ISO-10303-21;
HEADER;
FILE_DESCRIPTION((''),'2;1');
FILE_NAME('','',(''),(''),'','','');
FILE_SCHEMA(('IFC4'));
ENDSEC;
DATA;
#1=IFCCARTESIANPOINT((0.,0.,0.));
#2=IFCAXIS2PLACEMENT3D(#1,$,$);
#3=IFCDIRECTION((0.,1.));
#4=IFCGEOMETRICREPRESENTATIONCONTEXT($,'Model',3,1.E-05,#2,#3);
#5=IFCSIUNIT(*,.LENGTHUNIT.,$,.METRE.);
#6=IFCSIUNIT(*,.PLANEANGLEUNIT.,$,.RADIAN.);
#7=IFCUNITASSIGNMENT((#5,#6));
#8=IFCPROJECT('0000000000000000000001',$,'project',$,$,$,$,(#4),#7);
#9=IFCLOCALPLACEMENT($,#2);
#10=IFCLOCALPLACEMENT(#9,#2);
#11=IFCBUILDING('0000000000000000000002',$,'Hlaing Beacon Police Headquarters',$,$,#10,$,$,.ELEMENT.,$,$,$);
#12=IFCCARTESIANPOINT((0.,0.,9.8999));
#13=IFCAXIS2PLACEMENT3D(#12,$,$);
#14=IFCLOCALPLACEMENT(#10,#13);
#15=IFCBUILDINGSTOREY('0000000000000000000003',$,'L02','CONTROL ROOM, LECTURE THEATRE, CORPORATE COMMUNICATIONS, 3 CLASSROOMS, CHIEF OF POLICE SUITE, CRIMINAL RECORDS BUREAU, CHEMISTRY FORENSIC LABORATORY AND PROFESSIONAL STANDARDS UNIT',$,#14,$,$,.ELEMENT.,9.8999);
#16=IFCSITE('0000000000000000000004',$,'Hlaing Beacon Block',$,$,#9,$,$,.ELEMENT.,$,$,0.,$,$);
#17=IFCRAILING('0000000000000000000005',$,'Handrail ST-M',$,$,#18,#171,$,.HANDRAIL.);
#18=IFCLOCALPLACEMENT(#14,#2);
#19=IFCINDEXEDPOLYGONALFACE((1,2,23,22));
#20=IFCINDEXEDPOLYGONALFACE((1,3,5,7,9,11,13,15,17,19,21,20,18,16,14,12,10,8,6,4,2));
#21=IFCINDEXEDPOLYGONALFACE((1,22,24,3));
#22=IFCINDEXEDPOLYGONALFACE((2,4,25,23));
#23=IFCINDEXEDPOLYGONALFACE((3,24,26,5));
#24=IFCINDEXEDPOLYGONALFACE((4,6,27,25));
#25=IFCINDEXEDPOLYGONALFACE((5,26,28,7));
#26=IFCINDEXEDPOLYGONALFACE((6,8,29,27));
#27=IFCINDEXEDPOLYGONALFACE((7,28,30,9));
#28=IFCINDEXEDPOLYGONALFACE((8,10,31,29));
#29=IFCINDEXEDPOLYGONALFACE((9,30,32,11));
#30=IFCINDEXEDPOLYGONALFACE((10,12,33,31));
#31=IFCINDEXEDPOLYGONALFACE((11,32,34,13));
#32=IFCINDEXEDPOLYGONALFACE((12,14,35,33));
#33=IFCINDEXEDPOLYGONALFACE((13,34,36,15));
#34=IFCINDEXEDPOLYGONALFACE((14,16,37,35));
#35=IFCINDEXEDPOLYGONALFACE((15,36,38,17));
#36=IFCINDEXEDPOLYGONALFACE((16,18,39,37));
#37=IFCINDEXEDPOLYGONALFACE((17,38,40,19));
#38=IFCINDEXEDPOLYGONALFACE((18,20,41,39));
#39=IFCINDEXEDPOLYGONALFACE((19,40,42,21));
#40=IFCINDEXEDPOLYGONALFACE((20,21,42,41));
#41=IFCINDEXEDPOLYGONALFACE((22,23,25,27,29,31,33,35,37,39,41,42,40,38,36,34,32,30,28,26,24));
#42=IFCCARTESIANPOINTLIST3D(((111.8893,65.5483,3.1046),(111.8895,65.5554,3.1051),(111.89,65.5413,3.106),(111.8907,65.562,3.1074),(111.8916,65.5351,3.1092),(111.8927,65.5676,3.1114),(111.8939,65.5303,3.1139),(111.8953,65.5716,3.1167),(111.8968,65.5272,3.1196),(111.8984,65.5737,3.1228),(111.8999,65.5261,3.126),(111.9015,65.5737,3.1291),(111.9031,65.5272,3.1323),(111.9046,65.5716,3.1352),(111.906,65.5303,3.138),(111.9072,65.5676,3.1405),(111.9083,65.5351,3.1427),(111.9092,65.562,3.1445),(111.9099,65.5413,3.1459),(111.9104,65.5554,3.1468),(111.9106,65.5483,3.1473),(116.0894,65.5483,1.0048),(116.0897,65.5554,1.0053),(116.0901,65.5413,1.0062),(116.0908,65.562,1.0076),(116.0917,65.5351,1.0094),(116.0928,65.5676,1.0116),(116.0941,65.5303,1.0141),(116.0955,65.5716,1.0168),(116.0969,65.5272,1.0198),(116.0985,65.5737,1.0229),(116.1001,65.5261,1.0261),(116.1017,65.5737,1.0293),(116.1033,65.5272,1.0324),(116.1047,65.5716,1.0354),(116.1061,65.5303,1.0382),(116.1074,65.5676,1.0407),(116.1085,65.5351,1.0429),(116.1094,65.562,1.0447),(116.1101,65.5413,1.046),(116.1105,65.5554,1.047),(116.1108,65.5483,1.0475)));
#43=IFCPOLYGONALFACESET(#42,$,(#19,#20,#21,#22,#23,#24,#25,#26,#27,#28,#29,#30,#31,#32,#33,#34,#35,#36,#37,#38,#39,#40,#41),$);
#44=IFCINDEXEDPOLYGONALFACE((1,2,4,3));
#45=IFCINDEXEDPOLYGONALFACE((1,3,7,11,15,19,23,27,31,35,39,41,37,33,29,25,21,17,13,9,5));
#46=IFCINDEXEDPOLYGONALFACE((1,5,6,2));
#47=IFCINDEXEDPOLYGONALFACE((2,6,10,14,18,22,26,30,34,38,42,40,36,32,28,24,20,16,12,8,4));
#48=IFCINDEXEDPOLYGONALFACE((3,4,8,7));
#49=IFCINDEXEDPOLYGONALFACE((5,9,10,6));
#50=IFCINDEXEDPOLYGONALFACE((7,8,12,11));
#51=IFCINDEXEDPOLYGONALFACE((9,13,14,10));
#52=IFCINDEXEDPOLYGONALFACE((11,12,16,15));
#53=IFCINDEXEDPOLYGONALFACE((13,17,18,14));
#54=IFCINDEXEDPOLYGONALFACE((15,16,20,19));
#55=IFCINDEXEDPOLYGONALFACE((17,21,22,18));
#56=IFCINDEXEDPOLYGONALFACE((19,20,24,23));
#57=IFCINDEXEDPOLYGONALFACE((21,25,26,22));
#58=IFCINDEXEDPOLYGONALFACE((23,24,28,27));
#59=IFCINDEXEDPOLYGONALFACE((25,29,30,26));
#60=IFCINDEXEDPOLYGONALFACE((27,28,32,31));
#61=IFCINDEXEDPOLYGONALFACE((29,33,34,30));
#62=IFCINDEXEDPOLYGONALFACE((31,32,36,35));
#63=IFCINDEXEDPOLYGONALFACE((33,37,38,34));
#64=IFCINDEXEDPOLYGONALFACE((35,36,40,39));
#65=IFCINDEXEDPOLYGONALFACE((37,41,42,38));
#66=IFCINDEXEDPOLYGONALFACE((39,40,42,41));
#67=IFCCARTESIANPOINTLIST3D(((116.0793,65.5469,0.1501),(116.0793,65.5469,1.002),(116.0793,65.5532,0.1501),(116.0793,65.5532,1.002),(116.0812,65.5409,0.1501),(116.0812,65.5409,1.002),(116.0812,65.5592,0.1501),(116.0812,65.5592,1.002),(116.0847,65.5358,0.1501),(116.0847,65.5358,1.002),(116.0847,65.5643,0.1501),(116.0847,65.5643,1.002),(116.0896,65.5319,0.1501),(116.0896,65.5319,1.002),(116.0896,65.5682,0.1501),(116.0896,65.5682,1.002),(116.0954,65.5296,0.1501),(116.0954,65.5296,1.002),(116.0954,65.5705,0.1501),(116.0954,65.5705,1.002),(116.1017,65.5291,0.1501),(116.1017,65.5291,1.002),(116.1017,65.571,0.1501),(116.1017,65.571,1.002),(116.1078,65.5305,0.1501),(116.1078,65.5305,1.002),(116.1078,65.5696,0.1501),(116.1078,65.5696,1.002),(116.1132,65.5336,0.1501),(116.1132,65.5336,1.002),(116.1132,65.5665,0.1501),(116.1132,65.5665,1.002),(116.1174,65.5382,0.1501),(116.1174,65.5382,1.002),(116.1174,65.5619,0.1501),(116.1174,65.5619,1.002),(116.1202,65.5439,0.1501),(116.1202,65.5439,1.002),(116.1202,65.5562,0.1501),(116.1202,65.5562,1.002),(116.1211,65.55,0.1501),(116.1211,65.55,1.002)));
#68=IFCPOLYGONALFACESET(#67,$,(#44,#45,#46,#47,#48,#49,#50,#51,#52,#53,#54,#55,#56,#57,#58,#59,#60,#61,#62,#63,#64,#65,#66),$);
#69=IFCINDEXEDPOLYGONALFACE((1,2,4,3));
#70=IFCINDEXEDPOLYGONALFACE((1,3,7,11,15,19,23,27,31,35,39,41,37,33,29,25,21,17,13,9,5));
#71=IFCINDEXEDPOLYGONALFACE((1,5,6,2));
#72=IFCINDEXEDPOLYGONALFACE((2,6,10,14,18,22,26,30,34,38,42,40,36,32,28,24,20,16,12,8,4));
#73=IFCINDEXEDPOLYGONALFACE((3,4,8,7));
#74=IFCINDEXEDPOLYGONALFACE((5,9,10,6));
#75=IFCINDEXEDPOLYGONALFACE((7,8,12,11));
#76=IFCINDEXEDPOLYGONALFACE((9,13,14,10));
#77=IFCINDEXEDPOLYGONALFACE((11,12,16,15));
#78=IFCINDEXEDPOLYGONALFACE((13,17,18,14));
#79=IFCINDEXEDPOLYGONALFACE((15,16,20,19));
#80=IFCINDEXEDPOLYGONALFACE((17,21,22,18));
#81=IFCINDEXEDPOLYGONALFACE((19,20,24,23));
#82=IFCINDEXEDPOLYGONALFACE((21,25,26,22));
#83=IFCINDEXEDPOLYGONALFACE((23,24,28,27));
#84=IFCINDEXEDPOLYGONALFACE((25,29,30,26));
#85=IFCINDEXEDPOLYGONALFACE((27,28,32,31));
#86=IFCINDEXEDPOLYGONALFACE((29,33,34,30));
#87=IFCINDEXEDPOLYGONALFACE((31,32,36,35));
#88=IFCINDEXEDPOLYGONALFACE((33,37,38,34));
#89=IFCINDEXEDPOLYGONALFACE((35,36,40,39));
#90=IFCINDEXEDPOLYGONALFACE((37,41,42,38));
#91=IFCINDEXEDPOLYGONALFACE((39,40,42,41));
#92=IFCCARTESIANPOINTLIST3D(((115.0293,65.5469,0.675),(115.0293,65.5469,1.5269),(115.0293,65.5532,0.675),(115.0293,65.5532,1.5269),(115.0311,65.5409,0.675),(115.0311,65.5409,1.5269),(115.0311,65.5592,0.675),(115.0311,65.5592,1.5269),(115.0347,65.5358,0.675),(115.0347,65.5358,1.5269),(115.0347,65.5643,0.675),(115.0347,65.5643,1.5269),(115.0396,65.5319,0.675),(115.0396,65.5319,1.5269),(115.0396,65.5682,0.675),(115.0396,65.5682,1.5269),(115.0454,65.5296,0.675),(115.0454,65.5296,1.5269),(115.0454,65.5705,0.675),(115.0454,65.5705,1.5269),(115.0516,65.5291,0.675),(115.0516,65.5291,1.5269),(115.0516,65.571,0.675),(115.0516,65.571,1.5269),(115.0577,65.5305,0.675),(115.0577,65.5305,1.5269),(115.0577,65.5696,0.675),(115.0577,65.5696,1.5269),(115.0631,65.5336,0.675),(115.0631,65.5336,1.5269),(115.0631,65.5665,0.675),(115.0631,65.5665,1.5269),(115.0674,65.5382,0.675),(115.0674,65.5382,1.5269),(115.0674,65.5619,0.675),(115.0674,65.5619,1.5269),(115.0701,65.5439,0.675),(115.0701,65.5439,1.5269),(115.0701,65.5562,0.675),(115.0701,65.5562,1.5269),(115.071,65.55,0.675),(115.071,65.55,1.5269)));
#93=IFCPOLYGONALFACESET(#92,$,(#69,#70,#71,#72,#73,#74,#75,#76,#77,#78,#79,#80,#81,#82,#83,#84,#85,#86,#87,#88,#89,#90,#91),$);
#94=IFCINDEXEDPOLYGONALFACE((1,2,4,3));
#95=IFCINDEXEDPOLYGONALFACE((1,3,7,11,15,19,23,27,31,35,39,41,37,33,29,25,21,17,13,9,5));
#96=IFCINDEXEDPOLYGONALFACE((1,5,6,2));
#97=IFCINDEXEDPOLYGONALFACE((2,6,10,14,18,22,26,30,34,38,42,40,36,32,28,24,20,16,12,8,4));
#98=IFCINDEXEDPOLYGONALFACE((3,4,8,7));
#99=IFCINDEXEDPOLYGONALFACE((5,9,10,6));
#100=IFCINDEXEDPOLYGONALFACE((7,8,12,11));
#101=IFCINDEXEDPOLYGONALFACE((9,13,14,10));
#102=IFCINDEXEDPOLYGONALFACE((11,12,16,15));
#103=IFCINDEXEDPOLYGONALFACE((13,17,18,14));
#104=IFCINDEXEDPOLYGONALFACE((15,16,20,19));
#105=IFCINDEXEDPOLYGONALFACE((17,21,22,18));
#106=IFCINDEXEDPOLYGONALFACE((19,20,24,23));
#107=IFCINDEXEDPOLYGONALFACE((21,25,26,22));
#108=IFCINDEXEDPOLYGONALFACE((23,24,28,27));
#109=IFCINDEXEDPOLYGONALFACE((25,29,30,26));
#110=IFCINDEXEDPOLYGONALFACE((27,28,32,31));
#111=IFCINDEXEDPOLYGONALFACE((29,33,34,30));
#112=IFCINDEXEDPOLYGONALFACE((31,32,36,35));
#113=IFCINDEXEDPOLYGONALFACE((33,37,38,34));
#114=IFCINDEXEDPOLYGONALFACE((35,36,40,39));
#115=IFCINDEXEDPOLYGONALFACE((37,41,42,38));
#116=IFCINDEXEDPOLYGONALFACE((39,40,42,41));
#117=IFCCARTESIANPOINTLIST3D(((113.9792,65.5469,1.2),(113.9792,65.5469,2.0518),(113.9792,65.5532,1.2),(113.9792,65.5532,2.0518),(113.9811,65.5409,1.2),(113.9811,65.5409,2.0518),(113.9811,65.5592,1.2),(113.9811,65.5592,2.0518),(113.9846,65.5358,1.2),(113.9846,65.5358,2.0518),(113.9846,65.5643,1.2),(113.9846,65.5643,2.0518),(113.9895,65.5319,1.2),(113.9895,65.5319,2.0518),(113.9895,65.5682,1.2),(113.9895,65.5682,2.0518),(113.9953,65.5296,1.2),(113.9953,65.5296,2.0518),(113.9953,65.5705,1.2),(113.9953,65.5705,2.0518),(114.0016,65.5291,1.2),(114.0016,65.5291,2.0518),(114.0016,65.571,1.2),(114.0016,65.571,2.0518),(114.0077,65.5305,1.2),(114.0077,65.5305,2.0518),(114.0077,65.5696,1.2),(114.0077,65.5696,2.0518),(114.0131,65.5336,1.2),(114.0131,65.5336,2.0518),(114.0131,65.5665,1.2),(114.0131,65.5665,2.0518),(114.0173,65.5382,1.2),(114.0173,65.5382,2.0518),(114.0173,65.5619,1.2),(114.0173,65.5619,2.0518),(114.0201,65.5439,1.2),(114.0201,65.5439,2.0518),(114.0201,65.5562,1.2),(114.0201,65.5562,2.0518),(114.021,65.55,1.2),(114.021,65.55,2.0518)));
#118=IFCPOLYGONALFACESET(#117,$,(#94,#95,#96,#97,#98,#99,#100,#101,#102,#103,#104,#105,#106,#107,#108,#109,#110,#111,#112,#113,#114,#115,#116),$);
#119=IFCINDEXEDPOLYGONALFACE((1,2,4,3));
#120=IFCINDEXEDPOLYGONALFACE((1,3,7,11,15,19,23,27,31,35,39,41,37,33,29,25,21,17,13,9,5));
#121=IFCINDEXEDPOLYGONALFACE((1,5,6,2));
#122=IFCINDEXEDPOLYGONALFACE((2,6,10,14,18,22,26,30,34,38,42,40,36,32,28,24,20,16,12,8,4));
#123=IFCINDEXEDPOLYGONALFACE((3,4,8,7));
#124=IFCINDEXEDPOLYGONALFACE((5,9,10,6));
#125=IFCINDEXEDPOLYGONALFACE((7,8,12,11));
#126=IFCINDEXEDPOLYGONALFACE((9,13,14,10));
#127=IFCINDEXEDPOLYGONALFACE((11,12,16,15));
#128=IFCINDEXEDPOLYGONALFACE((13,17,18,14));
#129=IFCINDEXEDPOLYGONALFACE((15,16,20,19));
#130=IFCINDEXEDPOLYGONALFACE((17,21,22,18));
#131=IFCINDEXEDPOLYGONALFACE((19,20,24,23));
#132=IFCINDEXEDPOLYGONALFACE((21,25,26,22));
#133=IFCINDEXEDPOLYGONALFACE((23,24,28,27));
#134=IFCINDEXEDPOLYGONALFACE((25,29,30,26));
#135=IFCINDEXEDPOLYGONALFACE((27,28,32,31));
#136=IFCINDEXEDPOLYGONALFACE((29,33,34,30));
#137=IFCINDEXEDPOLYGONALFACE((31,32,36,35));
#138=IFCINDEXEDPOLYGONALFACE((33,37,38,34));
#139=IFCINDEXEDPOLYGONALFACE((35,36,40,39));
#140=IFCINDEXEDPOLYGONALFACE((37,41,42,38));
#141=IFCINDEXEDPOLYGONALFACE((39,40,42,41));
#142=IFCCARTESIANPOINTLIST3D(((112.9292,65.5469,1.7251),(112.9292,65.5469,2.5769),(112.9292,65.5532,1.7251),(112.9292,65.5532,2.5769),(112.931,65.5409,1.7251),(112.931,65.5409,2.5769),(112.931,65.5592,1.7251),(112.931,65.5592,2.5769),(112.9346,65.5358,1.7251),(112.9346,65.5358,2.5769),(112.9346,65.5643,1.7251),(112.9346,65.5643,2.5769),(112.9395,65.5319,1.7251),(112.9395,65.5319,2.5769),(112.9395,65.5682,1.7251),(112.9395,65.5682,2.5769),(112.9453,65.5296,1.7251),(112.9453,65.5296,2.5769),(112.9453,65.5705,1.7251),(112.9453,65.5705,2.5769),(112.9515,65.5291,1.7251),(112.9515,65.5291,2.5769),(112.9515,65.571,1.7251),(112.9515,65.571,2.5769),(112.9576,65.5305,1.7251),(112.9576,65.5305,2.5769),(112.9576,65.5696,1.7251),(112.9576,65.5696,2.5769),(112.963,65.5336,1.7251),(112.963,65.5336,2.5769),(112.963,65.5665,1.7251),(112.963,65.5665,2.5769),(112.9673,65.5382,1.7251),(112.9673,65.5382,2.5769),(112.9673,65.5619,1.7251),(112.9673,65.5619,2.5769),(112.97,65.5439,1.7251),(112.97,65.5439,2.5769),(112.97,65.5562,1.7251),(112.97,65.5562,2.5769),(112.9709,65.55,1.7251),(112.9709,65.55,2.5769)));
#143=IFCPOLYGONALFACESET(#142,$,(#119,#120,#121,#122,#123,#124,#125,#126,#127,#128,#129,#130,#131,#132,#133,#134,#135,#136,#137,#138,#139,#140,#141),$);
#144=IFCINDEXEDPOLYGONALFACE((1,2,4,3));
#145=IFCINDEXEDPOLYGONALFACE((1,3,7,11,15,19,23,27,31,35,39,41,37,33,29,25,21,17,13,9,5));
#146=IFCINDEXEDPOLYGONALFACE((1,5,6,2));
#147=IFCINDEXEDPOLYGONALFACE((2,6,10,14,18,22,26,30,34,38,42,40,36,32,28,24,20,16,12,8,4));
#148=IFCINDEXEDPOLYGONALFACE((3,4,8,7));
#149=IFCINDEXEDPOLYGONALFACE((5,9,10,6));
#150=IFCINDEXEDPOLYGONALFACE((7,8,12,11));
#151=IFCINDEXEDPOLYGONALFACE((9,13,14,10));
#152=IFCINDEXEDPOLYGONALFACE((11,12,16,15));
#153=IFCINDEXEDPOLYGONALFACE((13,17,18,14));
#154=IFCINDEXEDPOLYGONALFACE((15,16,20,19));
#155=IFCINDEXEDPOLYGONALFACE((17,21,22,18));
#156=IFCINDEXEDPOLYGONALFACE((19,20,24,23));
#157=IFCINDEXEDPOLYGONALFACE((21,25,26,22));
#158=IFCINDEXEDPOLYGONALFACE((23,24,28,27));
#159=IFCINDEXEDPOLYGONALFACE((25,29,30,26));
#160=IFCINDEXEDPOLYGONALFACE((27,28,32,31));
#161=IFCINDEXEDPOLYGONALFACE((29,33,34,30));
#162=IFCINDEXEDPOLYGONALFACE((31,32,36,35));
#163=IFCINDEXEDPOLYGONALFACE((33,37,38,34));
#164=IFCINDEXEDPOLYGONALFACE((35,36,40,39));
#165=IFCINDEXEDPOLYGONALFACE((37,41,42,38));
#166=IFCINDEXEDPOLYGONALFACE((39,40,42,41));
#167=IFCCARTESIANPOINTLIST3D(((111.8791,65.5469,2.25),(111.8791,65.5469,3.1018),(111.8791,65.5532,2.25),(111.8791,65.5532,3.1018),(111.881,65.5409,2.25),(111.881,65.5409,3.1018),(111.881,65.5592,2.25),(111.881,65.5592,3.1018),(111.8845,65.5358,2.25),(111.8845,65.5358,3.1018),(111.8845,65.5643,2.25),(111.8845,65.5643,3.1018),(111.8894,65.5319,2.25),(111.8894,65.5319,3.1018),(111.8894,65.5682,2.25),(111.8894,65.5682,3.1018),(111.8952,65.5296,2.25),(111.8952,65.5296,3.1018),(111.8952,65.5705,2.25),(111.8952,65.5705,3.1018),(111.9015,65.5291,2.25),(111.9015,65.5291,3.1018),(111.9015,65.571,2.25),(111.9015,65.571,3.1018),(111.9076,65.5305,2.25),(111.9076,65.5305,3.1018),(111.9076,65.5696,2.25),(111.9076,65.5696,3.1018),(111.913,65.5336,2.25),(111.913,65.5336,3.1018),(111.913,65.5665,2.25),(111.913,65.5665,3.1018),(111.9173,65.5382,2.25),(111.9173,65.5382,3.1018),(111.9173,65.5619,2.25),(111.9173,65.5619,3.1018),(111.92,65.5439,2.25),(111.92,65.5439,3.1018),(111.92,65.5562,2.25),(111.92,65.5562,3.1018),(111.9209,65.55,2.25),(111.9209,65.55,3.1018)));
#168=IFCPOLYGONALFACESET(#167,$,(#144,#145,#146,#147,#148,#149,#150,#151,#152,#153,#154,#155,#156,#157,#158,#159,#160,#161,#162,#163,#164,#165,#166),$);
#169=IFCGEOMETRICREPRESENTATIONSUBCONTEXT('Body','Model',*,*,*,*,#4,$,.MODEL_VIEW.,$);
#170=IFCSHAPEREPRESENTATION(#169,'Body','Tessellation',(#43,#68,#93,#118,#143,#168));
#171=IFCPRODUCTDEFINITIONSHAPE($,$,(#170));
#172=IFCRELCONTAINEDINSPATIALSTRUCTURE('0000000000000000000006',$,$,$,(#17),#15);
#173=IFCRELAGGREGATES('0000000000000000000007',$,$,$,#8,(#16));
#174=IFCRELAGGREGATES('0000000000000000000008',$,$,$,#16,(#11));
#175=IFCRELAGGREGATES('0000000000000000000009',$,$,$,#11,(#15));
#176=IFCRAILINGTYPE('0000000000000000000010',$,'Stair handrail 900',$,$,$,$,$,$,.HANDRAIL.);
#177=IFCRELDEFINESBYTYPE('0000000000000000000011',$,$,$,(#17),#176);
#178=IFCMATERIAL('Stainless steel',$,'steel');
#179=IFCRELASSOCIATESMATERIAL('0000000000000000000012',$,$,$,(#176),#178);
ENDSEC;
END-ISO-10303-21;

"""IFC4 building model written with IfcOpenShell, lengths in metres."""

from ifc_helpers import new_model, si_unit, direction, frame, origin, origin_2d, place, context, subcontext, project, spatial, circle, extrude, material, type_object, element, save


model = new_model("IFC4")

# Units and contexts
model_context = context("Model", 3, precision=1e-05, world=origin(), true_north=direction((0.0, 1.0)))
body_context = subcontext(model_context, "Body", "Model", "MODEL_VIEW")
ifc_project = project(units=[si_unit("LENGTHUNIT", "METRE"), si_unit("PLANEANGLEUNIT", "RADIAN")], contexts=[model_context])

# Site, building, storey
site_placement = place(None, origin())
site = spatial("IfcSite", under=ifc_project, at=site_placement, Name="Hlaing Beacon Block", CompositionType="ELEMENT", RefElevation=0.0)
building_placement = place(site_placement, origin())
building = spatial("IfcBuilding", under=site, at=building_placement, Name="Hlaing Beacon Police Headquarters", CompositionType="ELEMENT")
storey_placement = place(building_placement, frame((0.0, 0.0, 9.8999)))
storey = spatial("IfcBuildingStorey", under=building, at=storey_placement, Name="L02", Description="CONTROL ROOM, LECTURE THEATRE, CORPORATE COMMUNICATIONS, 3 CLASSROOMS, CHIEF OF POLICE SUITE, CRIMINAL RECORDS BUREAU, CHEMISTRY FORENSIC LABORATORY AND PROFESSIONAL STANDARDS UNIT", CompositionType="ELEMENT", Elevation=9.8999)

# Railing
ifc_material_1 = material(Name="Stainless steel", Category="steel")
railing_type_1 = type_object("IfcRailingType", Name="Stair handrail 900", PredefinedType="HANDRAIL", material=ifc_material_1)
for number, where, name in (
    (1, (116.1001, 65.55, 0.1501), "Handrail ST-M"),
):
    element("IfcRailing", number, at=place(storey_placement, frame(where)), inside=storey, type_object=railing_type_1, Name=name, PredefinedType="HANDRAIL", context=body_context, shape_type="SweptSolid", body=[
        extrude(circle(Radius=0.0239, at=origin_2d()), frame((0.0, 0.0, 0.876), z_axis=(-0.894448, 0.0, 0.447172), x_axis=(0.0, -1.0, 0.0)), (0.0, 0.0, 1.0), 4.6958),
        extrude(circle(Radius=0.021, at=origin_2d()), origin(), (0.0, 0.0, 1.0), 0.8518),
        extrude(circle(Radius=0.021, at=origin_2d()), frame((-1.05, 0.0, 0.5249)), (0.0, 0.0, 1.0), 0.8518),
        extrude(circle(Radius=0.021, at=origin_2d()), frame((-2.1001, 0.0, 1.0498)), (0.0, 0.0, 1.0), 0.8518),
        extrude(circle(Radius=0.021, at=origin_2d()), frame((-3.1501, 0.0, 1.575)), (0.0, 0.0, 1.0), 0.8518),
        extrude(circle(Radius=0.021, at=origin_2d()), frame((-4.2002, 0.0, 2.0999)), (0.0, 0.0, 1.0), 0.8518),
    ])

save(model, "model.ifc")
